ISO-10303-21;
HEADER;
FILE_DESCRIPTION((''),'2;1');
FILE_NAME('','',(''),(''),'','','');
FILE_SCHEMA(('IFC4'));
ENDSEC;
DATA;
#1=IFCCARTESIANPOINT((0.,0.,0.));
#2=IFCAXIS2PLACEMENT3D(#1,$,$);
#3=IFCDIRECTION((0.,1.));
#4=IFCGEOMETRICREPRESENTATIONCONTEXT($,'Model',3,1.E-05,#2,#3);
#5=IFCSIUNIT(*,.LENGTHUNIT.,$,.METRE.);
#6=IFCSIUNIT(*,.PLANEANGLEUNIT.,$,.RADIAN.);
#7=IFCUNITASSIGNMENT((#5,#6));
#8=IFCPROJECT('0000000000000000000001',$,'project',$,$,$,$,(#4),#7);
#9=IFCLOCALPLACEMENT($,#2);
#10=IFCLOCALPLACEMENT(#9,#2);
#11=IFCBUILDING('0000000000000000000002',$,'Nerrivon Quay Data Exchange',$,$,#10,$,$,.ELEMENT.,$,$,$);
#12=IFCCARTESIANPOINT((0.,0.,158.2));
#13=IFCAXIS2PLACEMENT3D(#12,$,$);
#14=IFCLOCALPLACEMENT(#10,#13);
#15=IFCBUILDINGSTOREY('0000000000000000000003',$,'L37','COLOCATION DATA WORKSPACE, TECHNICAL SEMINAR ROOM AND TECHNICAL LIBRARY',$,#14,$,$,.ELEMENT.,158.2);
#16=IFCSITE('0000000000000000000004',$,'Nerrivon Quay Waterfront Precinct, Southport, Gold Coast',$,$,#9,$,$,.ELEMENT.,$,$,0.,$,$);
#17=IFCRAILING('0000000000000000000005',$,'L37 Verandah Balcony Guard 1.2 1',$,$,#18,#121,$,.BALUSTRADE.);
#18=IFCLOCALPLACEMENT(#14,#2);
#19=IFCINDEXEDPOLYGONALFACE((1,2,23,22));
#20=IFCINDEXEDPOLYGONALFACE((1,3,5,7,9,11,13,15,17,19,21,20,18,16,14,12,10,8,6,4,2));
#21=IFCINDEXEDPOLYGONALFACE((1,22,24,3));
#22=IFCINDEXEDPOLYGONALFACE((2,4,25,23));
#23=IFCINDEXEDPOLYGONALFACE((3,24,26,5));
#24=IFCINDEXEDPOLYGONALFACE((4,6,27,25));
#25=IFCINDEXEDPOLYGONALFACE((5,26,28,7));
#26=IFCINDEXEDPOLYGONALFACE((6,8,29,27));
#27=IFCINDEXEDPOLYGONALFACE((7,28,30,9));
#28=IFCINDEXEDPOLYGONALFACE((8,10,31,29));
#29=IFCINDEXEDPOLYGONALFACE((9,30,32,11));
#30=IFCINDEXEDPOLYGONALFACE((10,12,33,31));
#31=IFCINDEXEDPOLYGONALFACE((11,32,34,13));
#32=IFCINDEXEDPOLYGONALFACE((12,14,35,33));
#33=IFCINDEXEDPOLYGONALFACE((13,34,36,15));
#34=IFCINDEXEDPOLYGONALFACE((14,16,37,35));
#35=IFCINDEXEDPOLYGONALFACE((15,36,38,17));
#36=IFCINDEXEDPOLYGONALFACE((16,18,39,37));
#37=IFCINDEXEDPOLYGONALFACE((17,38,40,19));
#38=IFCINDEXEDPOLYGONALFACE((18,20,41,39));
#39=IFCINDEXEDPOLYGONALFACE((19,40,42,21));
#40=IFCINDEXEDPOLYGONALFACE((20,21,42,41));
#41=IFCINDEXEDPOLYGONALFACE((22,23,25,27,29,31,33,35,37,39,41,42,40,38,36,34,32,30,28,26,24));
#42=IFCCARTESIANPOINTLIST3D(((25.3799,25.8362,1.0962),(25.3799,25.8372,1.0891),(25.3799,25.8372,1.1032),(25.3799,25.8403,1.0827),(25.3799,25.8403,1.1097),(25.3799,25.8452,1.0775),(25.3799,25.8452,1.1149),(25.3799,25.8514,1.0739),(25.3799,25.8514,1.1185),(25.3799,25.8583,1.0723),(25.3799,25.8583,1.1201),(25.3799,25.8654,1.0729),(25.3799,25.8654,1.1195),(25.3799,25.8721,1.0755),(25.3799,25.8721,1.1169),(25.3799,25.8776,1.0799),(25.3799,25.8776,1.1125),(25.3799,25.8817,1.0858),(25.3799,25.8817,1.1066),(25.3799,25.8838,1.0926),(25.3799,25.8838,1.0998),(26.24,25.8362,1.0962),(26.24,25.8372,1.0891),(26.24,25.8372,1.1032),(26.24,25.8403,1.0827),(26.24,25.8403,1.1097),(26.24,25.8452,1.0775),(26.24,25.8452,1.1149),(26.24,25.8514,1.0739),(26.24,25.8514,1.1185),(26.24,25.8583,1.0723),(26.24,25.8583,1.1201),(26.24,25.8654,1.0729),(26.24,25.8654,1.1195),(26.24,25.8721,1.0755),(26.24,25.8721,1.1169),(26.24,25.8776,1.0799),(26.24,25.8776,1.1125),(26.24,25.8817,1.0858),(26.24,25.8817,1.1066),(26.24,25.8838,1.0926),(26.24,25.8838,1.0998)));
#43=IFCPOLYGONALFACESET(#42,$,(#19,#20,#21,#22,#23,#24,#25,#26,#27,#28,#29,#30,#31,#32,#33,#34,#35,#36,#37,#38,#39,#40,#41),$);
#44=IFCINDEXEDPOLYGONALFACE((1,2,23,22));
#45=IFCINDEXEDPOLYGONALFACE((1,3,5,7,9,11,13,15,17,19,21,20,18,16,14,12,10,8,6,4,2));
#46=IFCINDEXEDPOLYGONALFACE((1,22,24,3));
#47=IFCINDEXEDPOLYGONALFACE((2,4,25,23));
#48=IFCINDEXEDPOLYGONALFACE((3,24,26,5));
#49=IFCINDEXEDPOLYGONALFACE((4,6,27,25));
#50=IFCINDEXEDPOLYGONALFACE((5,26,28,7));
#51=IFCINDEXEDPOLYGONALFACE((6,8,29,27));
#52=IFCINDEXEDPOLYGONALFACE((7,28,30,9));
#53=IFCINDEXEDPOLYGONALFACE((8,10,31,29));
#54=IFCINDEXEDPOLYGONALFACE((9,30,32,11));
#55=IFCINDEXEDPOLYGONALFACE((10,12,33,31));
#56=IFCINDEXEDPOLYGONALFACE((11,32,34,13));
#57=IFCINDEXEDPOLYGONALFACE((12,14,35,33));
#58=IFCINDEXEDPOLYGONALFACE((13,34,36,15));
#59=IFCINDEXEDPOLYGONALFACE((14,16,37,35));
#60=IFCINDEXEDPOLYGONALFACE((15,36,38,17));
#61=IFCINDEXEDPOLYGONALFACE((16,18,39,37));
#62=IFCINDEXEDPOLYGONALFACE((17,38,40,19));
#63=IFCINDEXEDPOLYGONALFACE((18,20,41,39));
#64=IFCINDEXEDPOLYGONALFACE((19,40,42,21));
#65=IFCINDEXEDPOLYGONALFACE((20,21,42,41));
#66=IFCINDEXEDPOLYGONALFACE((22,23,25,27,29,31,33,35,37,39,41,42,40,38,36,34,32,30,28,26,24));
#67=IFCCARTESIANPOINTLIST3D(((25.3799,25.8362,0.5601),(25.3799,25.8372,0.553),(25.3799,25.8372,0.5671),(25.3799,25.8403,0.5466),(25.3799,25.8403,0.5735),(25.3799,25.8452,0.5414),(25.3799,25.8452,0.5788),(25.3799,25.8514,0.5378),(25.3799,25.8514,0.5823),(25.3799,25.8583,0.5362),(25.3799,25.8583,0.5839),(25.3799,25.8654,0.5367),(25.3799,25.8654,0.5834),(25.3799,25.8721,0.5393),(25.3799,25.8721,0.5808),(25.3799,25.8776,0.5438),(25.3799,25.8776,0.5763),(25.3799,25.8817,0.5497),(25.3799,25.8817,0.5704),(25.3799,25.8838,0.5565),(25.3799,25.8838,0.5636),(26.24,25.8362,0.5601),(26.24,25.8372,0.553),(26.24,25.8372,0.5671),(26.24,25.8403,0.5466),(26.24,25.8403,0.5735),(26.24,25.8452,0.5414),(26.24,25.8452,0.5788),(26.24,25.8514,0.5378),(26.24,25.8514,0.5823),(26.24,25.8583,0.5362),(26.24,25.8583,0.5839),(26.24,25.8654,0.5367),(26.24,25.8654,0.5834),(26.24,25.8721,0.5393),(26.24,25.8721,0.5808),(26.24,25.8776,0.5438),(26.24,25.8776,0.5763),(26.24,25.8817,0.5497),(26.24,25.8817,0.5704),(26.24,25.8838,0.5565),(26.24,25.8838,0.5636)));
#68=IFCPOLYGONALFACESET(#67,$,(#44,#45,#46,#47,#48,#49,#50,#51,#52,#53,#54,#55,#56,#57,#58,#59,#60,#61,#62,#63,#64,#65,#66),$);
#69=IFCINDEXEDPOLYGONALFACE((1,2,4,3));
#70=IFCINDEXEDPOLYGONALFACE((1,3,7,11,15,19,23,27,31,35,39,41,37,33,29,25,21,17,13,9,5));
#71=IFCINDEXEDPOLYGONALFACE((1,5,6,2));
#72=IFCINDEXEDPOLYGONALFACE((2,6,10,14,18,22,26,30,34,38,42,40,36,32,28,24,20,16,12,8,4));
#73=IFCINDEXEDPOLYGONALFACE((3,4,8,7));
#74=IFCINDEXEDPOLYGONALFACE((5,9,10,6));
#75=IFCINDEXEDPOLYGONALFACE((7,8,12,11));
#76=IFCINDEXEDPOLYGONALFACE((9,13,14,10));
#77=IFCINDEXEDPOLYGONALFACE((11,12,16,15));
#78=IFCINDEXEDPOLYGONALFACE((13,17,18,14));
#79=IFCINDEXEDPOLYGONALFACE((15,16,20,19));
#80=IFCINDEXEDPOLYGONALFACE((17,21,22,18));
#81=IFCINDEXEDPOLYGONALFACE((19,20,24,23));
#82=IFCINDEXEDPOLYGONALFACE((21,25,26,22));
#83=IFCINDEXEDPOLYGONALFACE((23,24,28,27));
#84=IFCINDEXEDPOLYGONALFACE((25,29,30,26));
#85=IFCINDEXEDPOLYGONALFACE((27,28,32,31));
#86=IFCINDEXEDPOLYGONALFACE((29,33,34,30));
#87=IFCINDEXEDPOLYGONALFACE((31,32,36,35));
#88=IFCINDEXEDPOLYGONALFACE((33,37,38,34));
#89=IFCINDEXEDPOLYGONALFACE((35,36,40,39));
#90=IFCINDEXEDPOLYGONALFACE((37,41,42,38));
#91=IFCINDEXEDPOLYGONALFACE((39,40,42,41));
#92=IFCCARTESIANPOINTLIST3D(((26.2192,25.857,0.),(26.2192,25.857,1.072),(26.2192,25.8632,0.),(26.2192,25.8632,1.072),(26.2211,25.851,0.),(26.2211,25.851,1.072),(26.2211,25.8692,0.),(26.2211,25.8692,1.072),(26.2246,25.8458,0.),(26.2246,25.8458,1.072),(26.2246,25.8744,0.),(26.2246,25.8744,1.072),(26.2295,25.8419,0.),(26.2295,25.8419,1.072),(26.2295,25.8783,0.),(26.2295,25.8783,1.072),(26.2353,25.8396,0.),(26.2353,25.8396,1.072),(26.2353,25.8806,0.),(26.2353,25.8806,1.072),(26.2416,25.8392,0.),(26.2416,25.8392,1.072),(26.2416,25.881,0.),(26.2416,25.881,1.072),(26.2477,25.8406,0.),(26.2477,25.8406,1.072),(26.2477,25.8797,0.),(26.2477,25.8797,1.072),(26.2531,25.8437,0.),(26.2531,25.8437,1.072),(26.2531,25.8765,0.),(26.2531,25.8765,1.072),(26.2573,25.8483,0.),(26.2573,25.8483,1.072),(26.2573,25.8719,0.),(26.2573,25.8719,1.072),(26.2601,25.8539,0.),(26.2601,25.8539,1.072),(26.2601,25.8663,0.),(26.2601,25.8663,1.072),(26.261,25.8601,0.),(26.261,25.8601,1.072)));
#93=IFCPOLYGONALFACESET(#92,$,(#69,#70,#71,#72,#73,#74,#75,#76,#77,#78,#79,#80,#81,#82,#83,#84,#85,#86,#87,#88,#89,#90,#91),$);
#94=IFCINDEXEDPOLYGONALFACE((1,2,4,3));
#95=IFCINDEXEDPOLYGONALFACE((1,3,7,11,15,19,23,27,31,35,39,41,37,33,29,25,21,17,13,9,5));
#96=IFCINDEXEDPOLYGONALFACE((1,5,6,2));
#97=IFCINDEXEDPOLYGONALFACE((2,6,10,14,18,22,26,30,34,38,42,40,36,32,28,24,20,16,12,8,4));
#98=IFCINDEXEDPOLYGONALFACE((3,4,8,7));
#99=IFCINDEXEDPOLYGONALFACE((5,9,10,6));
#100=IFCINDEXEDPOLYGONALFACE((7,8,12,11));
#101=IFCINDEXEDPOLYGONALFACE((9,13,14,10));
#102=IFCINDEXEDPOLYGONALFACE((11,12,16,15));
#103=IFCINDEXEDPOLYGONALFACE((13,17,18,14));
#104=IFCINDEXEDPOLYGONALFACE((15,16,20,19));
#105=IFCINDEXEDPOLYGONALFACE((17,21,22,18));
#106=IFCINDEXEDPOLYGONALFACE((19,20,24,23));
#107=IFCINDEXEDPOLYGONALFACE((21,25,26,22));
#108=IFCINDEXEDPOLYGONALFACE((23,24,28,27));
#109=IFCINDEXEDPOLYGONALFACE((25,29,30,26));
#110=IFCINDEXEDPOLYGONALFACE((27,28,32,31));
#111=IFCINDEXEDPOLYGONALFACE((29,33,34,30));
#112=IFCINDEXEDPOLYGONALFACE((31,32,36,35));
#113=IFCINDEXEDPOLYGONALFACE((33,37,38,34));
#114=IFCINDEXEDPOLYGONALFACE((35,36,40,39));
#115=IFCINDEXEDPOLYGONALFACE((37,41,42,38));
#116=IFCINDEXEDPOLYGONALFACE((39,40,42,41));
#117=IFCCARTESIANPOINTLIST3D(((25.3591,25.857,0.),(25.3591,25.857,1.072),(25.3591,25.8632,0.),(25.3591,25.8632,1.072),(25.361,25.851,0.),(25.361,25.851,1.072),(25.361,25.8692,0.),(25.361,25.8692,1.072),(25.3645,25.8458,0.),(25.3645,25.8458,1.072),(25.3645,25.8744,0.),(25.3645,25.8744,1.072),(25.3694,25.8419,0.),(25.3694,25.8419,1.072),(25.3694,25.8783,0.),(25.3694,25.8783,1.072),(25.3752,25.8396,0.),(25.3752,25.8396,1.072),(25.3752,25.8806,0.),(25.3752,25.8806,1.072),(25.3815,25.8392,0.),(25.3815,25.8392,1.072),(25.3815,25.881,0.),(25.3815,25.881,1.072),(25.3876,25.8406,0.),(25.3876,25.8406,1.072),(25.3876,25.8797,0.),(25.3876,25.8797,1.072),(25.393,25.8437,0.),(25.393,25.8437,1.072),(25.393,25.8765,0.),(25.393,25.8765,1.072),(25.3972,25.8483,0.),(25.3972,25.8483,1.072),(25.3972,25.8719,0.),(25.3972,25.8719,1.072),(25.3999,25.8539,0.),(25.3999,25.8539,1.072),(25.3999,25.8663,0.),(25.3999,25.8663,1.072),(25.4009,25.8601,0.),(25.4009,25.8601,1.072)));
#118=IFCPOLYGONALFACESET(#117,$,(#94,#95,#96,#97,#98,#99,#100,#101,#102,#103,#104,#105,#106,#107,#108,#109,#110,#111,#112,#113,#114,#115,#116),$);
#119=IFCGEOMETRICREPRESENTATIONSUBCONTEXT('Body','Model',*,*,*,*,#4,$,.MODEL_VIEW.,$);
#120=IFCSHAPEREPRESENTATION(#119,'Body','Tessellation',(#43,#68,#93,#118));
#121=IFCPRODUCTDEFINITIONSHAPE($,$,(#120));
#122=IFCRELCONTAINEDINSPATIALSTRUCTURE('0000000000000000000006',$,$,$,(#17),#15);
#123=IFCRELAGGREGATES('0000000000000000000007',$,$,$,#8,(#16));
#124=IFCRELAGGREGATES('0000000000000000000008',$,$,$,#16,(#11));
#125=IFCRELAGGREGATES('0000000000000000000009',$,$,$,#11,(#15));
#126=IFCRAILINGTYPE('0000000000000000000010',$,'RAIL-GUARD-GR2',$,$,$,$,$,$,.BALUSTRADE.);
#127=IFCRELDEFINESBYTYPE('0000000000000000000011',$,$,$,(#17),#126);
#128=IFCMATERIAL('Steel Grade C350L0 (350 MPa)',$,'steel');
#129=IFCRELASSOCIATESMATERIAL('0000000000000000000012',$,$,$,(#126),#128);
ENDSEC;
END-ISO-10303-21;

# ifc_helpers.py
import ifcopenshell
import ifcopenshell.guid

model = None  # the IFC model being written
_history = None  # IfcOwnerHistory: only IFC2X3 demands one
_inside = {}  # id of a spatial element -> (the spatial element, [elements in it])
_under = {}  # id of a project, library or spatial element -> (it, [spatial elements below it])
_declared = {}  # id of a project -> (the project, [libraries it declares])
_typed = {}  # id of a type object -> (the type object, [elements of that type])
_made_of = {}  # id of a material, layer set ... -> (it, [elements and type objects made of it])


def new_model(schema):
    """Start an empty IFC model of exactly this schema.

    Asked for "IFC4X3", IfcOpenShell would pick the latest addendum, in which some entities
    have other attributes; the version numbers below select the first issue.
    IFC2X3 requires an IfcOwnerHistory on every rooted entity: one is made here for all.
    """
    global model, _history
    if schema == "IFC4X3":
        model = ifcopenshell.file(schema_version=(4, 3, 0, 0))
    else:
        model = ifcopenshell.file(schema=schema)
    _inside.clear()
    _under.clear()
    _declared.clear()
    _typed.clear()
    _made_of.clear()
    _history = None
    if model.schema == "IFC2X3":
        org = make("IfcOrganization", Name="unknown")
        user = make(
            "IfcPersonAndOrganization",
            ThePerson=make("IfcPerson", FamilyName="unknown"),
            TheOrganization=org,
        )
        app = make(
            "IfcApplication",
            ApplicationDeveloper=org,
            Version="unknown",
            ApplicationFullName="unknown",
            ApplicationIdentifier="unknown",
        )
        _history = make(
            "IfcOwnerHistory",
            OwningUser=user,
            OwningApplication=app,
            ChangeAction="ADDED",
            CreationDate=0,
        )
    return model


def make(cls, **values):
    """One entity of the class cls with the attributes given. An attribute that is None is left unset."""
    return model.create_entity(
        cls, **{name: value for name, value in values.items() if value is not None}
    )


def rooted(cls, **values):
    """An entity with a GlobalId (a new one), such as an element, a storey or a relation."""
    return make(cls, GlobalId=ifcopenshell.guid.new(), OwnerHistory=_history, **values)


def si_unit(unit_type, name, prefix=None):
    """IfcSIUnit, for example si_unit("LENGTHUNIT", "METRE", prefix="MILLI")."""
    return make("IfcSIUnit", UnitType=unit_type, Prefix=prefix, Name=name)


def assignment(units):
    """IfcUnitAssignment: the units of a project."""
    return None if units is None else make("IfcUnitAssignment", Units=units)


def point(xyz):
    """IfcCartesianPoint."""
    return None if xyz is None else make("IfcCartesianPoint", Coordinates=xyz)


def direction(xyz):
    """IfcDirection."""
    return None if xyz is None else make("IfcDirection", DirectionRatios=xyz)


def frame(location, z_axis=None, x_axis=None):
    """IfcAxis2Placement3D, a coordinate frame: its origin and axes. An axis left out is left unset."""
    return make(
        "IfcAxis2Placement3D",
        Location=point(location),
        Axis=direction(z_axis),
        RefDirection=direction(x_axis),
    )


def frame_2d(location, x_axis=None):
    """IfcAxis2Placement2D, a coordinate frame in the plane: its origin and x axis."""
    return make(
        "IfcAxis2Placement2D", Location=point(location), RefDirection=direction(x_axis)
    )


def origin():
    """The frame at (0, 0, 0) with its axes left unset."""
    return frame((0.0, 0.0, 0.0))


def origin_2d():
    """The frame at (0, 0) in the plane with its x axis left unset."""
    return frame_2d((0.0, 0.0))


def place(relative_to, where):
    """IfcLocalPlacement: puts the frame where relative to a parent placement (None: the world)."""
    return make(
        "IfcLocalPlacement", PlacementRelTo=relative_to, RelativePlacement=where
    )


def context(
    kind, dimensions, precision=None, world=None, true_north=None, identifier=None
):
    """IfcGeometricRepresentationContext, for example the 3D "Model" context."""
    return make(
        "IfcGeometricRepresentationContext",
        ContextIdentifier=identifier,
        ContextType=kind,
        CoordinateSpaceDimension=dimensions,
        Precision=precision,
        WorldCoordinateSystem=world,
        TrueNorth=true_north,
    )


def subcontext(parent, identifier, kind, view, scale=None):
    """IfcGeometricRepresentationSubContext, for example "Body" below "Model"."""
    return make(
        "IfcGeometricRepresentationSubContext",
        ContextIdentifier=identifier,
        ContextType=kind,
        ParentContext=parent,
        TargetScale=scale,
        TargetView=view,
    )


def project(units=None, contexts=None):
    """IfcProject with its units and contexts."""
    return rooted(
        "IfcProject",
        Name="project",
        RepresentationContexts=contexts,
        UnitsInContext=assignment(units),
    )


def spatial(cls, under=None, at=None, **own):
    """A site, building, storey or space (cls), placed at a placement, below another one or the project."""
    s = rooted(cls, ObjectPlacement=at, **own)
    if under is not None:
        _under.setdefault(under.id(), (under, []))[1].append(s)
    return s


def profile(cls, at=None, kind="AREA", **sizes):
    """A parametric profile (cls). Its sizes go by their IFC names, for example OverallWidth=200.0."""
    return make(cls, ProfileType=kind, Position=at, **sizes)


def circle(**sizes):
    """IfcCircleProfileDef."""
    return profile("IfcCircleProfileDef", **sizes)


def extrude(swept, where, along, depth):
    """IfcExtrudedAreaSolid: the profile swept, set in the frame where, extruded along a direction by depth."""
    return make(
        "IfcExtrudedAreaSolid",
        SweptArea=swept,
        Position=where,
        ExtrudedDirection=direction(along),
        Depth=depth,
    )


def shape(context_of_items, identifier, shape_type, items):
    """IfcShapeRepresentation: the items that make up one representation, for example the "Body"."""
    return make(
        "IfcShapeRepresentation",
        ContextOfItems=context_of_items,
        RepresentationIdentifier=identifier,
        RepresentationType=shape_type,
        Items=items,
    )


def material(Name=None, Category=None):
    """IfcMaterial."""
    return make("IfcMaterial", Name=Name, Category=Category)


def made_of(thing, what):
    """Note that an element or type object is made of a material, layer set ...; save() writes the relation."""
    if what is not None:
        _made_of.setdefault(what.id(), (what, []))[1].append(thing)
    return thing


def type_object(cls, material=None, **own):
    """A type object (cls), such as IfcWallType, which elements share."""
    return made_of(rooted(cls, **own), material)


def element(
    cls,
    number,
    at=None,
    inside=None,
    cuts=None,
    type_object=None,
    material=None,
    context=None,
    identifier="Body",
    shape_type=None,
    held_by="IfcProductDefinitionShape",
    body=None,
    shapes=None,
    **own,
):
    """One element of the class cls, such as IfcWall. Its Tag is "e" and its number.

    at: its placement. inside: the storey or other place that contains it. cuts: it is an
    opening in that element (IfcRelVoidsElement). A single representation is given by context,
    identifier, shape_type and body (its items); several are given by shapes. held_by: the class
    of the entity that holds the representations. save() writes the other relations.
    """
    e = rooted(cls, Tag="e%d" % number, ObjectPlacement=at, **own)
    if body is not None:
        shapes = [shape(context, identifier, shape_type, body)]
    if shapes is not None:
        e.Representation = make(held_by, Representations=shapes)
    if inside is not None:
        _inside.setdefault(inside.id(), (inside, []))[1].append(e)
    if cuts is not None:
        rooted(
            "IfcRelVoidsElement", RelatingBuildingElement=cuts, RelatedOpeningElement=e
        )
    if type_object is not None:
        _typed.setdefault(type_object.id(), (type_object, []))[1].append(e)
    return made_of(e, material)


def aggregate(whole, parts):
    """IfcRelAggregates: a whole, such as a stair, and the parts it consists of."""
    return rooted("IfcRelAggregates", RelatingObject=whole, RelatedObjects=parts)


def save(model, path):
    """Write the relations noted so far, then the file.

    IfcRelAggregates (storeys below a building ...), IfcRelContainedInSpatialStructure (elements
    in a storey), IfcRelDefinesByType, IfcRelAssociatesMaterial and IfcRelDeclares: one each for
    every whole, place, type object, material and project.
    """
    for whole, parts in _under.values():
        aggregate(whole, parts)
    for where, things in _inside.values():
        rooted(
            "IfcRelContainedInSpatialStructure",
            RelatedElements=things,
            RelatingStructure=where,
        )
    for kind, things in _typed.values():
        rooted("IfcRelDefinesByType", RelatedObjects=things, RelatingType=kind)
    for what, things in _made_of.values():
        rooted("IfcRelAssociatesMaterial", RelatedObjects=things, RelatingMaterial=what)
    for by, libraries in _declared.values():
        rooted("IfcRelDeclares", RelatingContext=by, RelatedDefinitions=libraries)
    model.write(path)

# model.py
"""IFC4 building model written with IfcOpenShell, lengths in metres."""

from ifc_helpers import new_model, si_unit, direction, frame, origin, origin_2d, place, context, subcontext, project, spatial, circle, extrude, material, type_object, element, save


model = new_model("IFC4")

# Units and contexts
model_context = context("Model", 3, precision=1e-05, world=origin(), true_north=direction((0.0, 1.0)))
body_context = subcontext(model_context, "Body", "Model", "MODEL_VIEW")
ifc_project = project(units=[si_unit("LENGTHUNIT", "METRE"), si_unit("PLANEANGLEUNIT", "RADIAN")], contexts=[model_context])

# Site, building, storey
site_placement = place(None, origin())
site = spatial("IfcSite", under=ifc_project, at=site_placement, Name="Nerrivon Quay Waterfront Precinct, Southport, Gold Coast", CompositionType="ELEMENT", RefElevation=0.0)
building_placement = place(site_placement, origin())
building = spatial("IfcBuilding", under=site, at=building_placement, Name="Nerrivon Quay Data Exchange", CompositionType="ELEMENT")
storey_placement = place(building_placement, frame((0.0, 0.0, 158.2)))
storey = spatial("IfcBuildingStorey", under=building, at=storey_placement, Name="L37", Description="COLOCATION DATA WORKSPACE, TECHNICAL SEMINAR ROOM AND TECHNICAL LIBRARY", CompositionType="ELEMENT", Elevation=158.2)

# Railing
ifc_material_1 = material(Name="Steel Grade C350L0 (350 MPa)", Category="steel")
railing_type = type_object("IfcRailingType", Name="RAIL-GUARD-GR2", PredefinedType="BALUSTRADE", material=ifc_material_1)
railing_1_placement = place(storey_placement, frame((26.24, 25.8601, 0.0)))
element("IfcRailing", 1, at=railing_1_placement, inside=storey, type_object=railing_type, Name="L37 Verandah Balcony Guard 1.2 1", PredefinedType="BALUSTRADE", context=body_context, shape_type="SweptSolid", body=[
    extrude(circle(Radius=0.0239, at=origin_2d()), frame((0.0, 0.0, 1.0962), z_axis=(-1.0, 0.0, 0.0), x_axis=(0.0, -1.0, 0.0)), (0.0, 0.0, 1.0), 0.8601),
    extrude(circle(Radius=0.0239, at=origin_2d()), frame((0.0, 0.0, 0.5601), z_axis=(-1.0, 0.0, 0.0), x_axis=(0.0, -1.0, 0.0)), (0.0, 0.0, 1.0), 0.8601),
    extrude(circle(Radius=0.021, at=origin_2d()), origin(), (0.0, 0.0, 1.0), 1.072),
    extrude(circle(Radius=0.021, at=origin_2d()), frame((-0.8601, 0.0, 0.0)), (0.0, 0.0, 1.0), 1.072),
])

save(model, "model.ifc")
